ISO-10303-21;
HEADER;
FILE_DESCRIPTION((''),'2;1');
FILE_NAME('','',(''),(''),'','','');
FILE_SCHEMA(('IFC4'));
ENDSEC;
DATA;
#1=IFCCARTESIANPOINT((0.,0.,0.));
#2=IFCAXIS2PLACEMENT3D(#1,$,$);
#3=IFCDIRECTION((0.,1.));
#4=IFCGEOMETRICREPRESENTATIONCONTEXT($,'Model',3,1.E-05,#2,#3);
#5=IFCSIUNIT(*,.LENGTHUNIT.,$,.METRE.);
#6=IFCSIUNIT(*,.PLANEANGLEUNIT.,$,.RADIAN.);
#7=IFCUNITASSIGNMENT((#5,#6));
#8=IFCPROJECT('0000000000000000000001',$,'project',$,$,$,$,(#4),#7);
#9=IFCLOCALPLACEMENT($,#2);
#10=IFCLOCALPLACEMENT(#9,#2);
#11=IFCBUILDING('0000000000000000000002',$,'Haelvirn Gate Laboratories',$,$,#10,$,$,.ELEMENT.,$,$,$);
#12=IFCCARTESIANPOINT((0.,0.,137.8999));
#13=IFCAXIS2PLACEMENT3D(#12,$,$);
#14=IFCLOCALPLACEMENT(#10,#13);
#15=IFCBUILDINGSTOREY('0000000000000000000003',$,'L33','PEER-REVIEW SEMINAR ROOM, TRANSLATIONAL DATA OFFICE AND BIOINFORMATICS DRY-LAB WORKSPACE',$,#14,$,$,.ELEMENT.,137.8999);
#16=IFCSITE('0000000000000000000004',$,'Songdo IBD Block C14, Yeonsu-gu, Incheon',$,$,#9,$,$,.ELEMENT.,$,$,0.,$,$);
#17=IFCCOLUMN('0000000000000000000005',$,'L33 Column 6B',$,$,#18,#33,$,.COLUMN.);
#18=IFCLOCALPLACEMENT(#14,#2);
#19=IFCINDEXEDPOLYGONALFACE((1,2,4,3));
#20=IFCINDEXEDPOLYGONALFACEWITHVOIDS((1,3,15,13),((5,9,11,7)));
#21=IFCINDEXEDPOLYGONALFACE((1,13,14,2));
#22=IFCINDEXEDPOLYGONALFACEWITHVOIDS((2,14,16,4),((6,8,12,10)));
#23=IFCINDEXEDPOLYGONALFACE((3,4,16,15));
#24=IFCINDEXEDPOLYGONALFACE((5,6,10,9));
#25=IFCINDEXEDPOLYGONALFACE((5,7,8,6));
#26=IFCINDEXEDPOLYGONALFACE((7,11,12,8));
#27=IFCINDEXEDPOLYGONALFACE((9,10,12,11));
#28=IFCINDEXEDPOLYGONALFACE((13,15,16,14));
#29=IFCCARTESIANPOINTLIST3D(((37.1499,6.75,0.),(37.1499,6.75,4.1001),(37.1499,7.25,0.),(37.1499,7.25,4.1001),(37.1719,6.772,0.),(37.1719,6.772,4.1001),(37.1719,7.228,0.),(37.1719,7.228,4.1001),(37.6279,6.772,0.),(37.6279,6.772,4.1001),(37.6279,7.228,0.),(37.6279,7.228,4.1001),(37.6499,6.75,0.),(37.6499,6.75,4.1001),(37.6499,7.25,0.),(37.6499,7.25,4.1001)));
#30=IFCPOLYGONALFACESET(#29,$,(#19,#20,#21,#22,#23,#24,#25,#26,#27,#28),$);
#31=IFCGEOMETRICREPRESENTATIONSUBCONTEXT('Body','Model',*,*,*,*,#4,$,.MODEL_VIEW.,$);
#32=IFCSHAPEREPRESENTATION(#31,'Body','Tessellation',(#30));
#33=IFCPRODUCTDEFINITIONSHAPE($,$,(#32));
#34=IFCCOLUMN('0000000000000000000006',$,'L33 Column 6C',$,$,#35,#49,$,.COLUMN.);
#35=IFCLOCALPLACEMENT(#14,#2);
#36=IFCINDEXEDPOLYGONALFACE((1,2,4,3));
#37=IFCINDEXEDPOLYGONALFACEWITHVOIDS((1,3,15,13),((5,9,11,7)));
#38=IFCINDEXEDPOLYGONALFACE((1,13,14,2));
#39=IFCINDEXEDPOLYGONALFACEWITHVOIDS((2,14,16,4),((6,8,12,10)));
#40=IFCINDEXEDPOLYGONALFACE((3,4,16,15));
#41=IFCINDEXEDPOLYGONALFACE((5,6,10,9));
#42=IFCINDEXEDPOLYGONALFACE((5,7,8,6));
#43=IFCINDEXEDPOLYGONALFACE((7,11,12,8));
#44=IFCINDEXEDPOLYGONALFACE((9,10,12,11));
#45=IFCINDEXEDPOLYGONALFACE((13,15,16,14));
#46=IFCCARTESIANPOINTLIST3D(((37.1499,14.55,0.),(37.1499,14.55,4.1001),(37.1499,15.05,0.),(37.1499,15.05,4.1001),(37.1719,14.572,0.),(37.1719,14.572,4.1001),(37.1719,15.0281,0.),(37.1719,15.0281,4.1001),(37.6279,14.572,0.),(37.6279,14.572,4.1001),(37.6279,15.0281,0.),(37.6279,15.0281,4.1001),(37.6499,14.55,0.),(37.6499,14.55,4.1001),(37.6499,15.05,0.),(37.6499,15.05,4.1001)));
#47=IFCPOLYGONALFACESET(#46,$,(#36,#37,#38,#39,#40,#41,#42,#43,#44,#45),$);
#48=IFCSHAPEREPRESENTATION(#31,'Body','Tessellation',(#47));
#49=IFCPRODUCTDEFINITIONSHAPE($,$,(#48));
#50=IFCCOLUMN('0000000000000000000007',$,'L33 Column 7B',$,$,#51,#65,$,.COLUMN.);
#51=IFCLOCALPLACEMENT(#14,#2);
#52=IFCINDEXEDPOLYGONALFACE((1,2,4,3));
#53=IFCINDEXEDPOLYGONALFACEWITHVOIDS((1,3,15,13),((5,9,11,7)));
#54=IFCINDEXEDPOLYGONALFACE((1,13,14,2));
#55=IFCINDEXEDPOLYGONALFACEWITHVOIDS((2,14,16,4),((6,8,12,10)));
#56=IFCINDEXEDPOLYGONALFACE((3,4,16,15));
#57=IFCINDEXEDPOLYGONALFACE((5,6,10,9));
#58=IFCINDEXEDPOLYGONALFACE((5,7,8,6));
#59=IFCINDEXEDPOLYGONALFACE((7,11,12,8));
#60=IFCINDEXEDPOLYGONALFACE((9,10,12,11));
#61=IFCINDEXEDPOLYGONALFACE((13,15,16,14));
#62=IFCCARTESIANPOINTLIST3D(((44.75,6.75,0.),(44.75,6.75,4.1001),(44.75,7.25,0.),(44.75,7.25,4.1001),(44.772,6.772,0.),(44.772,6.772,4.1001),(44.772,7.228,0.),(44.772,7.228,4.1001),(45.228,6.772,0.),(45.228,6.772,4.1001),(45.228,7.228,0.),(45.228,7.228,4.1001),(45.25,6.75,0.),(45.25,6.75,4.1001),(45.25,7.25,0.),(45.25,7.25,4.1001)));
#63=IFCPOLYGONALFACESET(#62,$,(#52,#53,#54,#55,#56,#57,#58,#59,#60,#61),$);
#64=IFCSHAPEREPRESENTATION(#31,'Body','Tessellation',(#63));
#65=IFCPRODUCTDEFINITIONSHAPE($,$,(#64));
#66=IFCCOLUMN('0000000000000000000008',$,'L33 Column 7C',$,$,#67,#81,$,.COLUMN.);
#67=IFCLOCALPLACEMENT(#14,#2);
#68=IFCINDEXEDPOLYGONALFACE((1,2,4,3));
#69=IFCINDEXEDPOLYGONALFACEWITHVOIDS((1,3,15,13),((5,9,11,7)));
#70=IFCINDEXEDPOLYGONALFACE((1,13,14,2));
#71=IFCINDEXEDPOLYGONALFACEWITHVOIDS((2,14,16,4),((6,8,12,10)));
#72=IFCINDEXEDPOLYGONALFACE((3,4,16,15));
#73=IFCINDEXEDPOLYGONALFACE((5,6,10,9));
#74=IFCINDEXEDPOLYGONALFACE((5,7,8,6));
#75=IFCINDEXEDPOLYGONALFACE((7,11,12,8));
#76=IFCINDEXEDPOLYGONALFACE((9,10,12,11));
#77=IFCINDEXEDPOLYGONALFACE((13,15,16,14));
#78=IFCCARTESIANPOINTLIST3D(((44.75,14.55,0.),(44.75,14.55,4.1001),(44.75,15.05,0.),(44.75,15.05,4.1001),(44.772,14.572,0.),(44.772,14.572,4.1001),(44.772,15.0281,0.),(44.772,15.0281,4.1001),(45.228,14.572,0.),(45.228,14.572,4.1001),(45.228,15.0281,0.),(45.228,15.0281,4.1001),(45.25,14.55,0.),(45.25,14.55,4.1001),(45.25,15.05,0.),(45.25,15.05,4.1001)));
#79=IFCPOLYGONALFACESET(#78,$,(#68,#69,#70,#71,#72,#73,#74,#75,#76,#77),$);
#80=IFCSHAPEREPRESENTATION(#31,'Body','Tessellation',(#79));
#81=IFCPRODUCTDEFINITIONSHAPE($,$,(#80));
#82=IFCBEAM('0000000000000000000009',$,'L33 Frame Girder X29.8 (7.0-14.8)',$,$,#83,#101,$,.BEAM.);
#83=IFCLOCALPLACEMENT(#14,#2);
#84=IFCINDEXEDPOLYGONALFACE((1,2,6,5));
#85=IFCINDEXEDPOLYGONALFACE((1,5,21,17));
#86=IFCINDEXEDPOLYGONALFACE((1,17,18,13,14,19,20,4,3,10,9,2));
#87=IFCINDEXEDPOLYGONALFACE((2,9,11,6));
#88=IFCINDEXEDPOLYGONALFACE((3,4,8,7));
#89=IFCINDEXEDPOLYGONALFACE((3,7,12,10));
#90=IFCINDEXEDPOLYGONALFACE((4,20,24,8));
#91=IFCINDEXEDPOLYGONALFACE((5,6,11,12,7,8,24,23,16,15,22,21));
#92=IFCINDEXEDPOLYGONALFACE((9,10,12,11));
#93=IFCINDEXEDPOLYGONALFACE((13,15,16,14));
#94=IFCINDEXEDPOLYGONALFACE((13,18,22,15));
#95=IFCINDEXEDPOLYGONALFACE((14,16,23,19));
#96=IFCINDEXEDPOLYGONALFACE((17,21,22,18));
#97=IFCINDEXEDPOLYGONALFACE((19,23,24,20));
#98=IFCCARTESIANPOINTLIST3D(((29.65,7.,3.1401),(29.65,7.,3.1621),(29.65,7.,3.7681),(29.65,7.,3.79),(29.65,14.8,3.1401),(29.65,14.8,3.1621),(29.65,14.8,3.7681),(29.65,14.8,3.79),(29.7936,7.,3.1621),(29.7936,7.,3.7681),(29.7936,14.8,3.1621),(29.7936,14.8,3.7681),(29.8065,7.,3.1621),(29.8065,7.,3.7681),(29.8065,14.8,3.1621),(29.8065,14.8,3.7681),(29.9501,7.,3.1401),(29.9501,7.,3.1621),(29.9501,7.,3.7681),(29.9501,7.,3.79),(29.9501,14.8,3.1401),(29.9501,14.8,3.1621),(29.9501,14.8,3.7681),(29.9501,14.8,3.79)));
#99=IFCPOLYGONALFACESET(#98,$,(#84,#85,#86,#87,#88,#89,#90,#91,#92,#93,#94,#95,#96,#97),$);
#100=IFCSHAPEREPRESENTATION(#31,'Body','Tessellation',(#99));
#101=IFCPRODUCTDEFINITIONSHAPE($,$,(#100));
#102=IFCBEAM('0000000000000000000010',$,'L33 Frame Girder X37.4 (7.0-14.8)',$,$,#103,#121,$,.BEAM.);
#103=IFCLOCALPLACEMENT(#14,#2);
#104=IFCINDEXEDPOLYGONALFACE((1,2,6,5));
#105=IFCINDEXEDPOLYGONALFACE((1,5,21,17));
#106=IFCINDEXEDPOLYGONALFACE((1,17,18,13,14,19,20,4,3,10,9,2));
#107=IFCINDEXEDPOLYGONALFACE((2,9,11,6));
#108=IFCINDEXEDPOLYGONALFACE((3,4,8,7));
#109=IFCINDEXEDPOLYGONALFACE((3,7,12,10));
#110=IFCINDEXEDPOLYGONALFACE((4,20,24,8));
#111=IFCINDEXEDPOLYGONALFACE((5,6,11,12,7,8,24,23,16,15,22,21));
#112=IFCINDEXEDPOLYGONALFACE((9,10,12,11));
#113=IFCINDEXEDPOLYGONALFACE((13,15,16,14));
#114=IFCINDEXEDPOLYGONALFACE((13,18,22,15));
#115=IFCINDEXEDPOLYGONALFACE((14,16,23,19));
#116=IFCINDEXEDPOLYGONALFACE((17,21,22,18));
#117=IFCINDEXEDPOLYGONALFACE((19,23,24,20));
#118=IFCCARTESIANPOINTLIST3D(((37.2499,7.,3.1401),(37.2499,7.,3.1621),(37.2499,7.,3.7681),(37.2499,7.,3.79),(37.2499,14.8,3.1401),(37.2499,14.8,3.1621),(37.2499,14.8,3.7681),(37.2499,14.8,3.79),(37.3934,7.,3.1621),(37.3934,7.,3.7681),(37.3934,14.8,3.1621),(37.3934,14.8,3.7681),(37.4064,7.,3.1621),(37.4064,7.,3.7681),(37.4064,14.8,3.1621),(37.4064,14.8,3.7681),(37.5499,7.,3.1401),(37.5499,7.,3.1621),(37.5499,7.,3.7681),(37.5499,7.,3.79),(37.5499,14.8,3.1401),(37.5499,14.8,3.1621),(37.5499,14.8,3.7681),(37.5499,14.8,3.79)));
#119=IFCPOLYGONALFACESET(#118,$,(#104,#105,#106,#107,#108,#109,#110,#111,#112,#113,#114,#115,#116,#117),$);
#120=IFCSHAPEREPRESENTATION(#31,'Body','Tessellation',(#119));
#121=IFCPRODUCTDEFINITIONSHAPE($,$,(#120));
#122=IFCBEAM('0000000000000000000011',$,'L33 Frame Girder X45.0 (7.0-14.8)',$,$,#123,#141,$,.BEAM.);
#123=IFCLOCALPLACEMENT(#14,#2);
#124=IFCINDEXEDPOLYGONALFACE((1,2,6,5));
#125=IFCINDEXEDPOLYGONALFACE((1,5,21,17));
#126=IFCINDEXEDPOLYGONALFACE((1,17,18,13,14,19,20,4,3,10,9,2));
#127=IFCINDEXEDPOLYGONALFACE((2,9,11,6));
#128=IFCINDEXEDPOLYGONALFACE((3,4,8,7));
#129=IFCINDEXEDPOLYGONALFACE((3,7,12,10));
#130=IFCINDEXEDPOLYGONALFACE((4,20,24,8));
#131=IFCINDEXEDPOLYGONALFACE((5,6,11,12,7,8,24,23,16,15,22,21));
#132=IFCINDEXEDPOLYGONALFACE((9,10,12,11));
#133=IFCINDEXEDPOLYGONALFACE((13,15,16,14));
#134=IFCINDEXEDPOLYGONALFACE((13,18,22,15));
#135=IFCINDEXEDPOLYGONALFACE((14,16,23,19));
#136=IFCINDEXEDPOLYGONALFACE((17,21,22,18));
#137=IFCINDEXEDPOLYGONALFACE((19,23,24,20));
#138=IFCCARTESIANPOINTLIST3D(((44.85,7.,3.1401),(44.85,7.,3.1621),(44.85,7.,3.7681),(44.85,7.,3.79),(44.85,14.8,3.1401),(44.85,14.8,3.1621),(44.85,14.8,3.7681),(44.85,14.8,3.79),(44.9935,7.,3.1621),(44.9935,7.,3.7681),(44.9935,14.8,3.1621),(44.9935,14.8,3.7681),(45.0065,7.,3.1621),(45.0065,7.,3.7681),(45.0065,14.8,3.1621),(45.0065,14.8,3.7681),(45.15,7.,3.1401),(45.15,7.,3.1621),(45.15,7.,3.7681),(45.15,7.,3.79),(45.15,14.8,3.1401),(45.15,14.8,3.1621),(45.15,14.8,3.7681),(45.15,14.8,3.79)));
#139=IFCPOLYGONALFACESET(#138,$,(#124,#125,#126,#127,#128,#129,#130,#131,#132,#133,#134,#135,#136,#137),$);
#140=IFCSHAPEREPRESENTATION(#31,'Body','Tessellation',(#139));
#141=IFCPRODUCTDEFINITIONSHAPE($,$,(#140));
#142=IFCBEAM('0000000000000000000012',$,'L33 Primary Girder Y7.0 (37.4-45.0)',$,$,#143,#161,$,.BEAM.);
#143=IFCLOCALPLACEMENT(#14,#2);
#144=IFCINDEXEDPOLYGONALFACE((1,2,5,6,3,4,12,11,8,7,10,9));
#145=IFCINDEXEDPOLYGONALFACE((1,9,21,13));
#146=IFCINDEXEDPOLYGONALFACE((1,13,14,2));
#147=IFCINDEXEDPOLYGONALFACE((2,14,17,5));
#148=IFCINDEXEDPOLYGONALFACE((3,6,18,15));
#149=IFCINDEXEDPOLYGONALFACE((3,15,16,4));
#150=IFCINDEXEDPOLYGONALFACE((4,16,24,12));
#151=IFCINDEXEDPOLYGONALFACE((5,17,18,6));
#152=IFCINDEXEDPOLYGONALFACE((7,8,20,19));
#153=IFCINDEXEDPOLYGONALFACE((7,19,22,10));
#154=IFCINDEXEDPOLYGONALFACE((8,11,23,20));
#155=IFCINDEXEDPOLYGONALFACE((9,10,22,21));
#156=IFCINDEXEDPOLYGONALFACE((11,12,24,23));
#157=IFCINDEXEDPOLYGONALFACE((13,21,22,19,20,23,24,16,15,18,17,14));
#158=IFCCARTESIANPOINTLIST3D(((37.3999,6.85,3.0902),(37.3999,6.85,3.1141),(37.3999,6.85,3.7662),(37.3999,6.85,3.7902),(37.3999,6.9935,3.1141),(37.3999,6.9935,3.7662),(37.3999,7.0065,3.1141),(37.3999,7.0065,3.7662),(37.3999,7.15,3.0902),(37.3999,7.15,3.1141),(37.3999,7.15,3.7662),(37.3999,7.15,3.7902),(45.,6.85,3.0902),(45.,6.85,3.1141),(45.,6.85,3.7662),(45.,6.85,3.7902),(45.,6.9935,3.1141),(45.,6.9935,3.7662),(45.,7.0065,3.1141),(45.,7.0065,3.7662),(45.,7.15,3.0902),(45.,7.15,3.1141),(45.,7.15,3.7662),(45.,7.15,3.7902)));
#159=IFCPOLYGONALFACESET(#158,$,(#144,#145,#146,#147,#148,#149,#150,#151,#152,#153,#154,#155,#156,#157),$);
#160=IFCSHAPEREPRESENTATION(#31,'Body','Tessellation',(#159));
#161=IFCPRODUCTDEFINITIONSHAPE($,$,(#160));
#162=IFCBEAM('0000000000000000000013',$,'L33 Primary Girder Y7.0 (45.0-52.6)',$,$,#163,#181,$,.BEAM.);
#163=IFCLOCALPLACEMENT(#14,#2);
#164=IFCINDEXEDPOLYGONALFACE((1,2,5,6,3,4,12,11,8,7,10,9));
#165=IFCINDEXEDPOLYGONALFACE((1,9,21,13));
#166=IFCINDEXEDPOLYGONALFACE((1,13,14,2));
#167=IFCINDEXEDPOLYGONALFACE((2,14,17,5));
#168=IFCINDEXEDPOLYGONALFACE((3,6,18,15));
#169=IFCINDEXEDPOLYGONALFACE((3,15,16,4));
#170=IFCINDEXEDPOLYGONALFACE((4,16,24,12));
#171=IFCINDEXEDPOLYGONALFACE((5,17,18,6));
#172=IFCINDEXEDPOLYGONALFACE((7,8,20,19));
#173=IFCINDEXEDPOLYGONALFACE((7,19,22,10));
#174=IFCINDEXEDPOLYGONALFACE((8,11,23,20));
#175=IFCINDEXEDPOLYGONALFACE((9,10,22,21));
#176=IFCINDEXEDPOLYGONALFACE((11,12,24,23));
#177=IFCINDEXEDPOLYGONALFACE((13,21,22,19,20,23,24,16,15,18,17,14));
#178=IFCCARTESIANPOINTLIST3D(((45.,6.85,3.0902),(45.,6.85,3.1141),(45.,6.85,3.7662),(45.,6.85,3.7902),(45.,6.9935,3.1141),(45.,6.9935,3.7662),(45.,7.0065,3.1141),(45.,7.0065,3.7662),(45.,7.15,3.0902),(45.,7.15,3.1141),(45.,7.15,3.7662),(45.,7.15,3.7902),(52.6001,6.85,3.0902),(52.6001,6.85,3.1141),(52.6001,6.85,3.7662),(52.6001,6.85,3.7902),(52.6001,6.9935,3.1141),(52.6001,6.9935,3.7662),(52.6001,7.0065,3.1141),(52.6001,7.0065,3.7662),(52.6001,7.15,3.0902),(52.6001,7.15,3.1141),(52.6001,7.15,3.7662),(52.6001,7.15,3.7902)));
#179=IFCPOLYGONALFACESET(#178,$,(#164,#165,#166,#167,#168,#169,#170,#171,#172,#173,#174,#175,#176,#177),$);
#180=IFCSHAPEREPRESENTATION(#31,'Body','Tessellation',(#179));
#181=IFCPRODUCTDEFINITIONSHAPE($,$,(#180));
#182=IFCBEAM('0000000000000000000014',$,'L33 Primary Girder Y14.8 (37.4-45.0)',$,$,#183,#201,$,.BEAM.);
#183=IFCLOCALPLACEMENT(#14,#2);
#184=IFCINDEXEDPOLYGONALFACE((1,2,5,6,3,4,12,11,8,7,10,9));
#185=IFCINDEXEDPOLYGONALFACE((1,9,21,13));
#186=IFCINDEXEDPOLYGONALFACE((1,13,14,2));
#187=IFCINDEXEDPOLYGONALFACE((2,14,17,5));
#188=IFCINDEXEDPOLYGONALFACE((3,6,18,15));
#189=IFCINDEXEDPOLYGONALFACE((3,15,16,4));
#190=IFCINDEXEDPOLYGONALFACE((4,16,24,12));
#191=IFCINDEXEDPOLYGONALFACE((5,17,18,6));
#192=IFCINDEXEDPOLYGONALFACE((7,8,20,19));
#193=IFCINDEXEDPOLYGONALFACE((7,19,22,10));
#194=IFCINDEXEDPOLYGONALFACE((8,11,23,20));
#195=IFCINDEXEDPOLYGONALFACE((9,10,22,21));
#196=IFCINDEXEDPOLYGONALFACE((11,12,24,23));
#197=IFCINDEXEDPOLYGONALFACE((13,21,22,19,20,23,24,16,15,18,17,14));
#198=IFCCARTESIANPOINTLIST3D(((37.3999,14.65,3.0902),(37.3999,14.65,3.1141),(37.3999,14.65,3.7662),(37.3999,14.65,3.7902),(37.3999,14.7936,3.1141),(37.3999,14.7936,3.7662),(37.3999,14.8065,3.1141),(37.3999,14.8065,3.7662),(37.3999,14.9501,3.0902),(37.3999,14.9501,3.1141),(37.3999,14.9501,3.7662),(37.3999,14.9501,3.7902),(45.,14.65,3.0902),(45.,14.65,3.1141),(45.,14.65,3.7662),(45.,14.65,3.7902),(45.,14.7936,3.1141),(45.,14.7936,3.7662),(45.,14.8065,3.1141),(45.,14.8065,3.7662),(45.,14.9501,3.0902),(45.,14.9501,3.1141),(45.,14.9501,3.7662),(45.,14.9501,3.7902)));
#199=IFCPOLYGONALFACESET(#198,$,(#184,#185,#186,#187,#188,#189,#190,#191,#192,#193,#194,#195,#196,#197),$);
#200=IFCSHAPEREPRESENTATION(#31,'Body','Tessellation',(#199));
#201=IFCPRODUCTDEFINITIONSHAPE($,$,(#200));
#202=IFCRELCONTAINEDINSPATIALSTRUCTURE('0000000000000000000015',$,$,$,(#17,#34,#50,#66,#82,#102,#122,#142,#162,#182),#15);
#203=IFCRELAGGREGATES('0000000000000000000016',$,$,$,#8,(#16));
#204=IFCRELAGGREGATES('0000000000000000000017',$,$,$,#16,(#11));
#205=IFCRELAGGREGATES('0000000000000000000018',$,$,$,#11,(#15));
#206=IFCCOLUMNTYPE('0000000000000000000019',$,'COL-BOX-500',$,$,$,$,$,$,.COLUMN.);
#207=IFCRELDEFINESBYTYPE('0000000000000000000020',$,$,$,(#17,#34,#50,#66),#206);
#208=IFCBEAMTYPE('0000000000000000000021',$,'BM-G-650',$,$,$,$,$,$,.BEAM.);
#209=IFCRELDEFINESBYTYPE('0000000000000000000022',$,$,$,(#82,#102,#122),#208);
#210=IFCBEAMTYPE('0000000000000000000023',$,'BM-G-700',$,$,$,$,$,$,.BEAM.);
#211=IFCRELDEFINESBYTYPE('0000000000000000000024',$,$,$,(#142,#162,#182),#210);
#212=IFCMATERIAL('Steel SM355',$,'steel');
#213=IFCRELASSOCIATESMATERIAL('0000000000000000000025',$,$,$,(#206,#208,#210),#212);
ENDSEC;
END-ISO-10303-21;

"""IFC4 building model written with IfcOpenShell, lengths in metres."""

from ifc_helpers import new_model, si_unit, direction, frame, origin, origin_2d, place, context, subcontext, project, spatial, hollow_rectangle, i_section, extrude, source, transform, mapped, material, material_profile, profile_set, type_object, type_shapes, element, save


model = new_model("IFC4")

# Units and contexts
model_context = context("Model", 3, precision=1e-05, world=origin(), true_north=direction((0.0, 1.0)))
body_context = subcontext(model_context, "Body", "Model", "MODEL_VIEW")
ifc_project = project(units=[si_unit("LENGTHUNIT", "METRE"), si_unit("PLANEANGLEUNIT", "RADIAN")], contexts=[model_context])

# Site, building, storey
site_placement = place(None, origin())
site = spatial("IfcSite", under=ifc_project, at=site_placement, Name="Songdo IBD Block C14, Yeonsu-gu, Incheon", CompositionType="ELEMENT", RefElevation=0.0)
building_placement = place(site_placement, origin())
building = spatial("IfcBuilding", under=site, at=building_placement, Name="Haelvirn Gate Laboratories", CompositionType="ELEMENT")
storey_placement = place(building_placement, frame((0.0, 0.0, 137.8999)))
storey = spatial("IfcBuildingStorey", under=building, at=storey_placement, Name="L33", Description="PEER-REVIEW SEMINAR ROOM, TRANSLATIONAL DATA OFFICE AND BIOINFORMATICS DRY-LAB WORKSPACE", CompositionType="ELEMENT", Elevation=137.8999)

# Columns
ifc_material_1 = material(Name="Steel SM355", Category="steel")
ifc_material_profile_1 = material_profile(ifc_material_1, hollow_rectangle(XDim=0.5, YDim=0.5, WallThickness=0.022, at=origin_2d()), Name="BOX-500x500x22")
ifc_profile_set_1 = profile_set([ifc_material_profile_1], Name="Steel SM355")
column_type = type_object("IfcColumnType", Name="COL-BOX-500", PredefinedType="COLUMN", material=ifc_profile_set_1)
shared_shape_1 = source(origin(), body_context, "Body", "SweptSolid", [
    extrude(hollow_rectangle(XDim=0.5, YDim=0.5, WallThickness=0.022, at=origin_2d()), origin(), (0.0, 0.0, 1.0), 4.1001),
])
type_shapes(column_type, [shared_shape_1])
for number, where, z_axis, x_axis, name in (
    (1, (37.3999, 7.0, 0.0), (0.0, 0.0, 1.0), (1.0, 0.0, 0.0), "L33 Column 6B"),
    (2, (37.3999, 14.8, 0.0), (0.0, 0.0, 1.0), (1.0, 0.0, 0.0), "L33 Column 6C"),
    (3, (45.0, 7.0, 0.0), (0.0, 0.0, 1.0), (1.0, 0.0, 0.0), "L33 Column 7B"),
    (4, (45.0, 14.8, 0.0), (0.0, 0.0, 1.0), (1.0, 0.0, 0.0), "L33 Column 7C"),
):
    element("IfcColumn", number, at=place(storey_placement, frame(where, z_axis=z_axis, x_axis=x_axis)), inside=storey, type_object=column_type, Name=name, PredefinedType="COLUMN", context=body_context, shape_type="MappedRepresentation", body=[
        mapped(shared_shape_1, transform((0.0, 0.0, 0.0), scale=1.0)),
    ])

# Beams
ifc_material_profile_2 = material_profile(ifc_material_1, i_section(OverallWidth=0.3, OverallDepth=0.6499, WebThickness=0.0129, FlangeThickness=0.022, at=origin_2d()), Name="H-650x300x13x22")
ifc_profile_set_2 = profile_set([ifc_material_profile_2], Name="Steel SM355")
beam_type_1 = type_object("IfcBeamType", Name="BM-G-650", PredefinedType="BEAM", material=ifc_profile_set_2)
shared_shape_2 = source(origin(), body_context, "Body", "SweptSolid", [
    extrude(i_section(OverallWidth=0.3, OverallDepth=0.6499, WebThickness=0.0129, FlangeThickness=0.022, at=origin_2d()), origin(), (0.0, 0.0, 1.0), 7.8),
])
type_shapes(beam_type_1, [shared_shape_2])
for number, where, z_axis, x_axis, name in (
    (5, (29.8, 7.0, 3.4651), (0.0, 1.0, 0.0), (-1.0, 0.0, 0.0), "L33 Frame Girder X29.8 (7.0-14.8)"),
    (6, (37.3999, 7.0, 3.4651), (0.0, 1.0, 0.0), (-1.0, 0.0, 0.0), "L33 Frame Girder X37.4 (7.0-14.8)"),
    (7, (45.0, 7.0, 3.4651), (0.0, 1.0, 0.0), (-1.0, 0.0, 0.0), "L33 Frame Girder X45.0 (7.0-14.8)"),
):
    element("IfcBeam", number, at=place(storey_placement, frame(where, z_axis=z_axis, x_axis=x_axis)), inside=storey, type_object=beam_type_1, Name=name, PredefinedType="BEAM", context=body_context, shape_type="MappedRepresentation", body=[
        mapped(shared_shape_2, transform((0.0, 0.0, 0.0), scale=1.0)),
    ])
ifc_material_profile_3 = material_profile(ifc_material_1, i_section(OverallWidth=0.3, OverallDepth=0.7, WebThickness=0.0129, FlangeThickness=0.0239, at=origin_2d()), Name="H-700x300x13x24")
ifc_profile_set_3 = profile_set([ifc_material_profile_3], Name="Steel SM355")
beam_type_2 = type_object("IfcBeamType", Name="BM-G-700", PredefinedType="BEAM", material=ifc_profile_set_3)
shared_shape_3 = source(origin(), body_context, "Body", "SweptSolid", [
    extrude(i_section(OverallWidth=0.3, OverallDepth=0.7, WebThickness=0.0129, FlangeThickness=0.0239, at=origin_2d()), origin(), (0.0, 0.0, 1.0), 7.6001),
])
for number, where, z_axis, x_axis, name in (
    (8, (37.3999, 7.0, 3.4402), (1.0, 0.0, 0.0), (0.0, 1.0, 0.0), "L33 Primary Girder Y7.0 (37.4-45.0)"),
    (9, (45.0, 7.0, 3.4402), (1.0, 0.0, 0.0), (0.0, 1.0, 0.0), "L33 Primary Girder Y7.0 (45.0-52.6)"),
    (10, (37.3999, 14.8, 3.4402), (1.0, 0.0, 0.0), (0.0, 1.0, 0.0), "L33 Primary Girder Y14.8 (37.4-45.0)"),
):
    element("IfcBeam", number, at=place(storey_placement, frame(where, z_axis=z_axis, x_axis=x_axis)), inside=storey, type_object=beam_type_2, Name=name, PredefinedType="BEAM", context=body_context, shape_type="MappedRepresentation", body=[
        mapped(shared_shape_3, transform((0.0, 0.0, 0.0), scale=1.0)),
    ])

save(model, "model.ifc")
